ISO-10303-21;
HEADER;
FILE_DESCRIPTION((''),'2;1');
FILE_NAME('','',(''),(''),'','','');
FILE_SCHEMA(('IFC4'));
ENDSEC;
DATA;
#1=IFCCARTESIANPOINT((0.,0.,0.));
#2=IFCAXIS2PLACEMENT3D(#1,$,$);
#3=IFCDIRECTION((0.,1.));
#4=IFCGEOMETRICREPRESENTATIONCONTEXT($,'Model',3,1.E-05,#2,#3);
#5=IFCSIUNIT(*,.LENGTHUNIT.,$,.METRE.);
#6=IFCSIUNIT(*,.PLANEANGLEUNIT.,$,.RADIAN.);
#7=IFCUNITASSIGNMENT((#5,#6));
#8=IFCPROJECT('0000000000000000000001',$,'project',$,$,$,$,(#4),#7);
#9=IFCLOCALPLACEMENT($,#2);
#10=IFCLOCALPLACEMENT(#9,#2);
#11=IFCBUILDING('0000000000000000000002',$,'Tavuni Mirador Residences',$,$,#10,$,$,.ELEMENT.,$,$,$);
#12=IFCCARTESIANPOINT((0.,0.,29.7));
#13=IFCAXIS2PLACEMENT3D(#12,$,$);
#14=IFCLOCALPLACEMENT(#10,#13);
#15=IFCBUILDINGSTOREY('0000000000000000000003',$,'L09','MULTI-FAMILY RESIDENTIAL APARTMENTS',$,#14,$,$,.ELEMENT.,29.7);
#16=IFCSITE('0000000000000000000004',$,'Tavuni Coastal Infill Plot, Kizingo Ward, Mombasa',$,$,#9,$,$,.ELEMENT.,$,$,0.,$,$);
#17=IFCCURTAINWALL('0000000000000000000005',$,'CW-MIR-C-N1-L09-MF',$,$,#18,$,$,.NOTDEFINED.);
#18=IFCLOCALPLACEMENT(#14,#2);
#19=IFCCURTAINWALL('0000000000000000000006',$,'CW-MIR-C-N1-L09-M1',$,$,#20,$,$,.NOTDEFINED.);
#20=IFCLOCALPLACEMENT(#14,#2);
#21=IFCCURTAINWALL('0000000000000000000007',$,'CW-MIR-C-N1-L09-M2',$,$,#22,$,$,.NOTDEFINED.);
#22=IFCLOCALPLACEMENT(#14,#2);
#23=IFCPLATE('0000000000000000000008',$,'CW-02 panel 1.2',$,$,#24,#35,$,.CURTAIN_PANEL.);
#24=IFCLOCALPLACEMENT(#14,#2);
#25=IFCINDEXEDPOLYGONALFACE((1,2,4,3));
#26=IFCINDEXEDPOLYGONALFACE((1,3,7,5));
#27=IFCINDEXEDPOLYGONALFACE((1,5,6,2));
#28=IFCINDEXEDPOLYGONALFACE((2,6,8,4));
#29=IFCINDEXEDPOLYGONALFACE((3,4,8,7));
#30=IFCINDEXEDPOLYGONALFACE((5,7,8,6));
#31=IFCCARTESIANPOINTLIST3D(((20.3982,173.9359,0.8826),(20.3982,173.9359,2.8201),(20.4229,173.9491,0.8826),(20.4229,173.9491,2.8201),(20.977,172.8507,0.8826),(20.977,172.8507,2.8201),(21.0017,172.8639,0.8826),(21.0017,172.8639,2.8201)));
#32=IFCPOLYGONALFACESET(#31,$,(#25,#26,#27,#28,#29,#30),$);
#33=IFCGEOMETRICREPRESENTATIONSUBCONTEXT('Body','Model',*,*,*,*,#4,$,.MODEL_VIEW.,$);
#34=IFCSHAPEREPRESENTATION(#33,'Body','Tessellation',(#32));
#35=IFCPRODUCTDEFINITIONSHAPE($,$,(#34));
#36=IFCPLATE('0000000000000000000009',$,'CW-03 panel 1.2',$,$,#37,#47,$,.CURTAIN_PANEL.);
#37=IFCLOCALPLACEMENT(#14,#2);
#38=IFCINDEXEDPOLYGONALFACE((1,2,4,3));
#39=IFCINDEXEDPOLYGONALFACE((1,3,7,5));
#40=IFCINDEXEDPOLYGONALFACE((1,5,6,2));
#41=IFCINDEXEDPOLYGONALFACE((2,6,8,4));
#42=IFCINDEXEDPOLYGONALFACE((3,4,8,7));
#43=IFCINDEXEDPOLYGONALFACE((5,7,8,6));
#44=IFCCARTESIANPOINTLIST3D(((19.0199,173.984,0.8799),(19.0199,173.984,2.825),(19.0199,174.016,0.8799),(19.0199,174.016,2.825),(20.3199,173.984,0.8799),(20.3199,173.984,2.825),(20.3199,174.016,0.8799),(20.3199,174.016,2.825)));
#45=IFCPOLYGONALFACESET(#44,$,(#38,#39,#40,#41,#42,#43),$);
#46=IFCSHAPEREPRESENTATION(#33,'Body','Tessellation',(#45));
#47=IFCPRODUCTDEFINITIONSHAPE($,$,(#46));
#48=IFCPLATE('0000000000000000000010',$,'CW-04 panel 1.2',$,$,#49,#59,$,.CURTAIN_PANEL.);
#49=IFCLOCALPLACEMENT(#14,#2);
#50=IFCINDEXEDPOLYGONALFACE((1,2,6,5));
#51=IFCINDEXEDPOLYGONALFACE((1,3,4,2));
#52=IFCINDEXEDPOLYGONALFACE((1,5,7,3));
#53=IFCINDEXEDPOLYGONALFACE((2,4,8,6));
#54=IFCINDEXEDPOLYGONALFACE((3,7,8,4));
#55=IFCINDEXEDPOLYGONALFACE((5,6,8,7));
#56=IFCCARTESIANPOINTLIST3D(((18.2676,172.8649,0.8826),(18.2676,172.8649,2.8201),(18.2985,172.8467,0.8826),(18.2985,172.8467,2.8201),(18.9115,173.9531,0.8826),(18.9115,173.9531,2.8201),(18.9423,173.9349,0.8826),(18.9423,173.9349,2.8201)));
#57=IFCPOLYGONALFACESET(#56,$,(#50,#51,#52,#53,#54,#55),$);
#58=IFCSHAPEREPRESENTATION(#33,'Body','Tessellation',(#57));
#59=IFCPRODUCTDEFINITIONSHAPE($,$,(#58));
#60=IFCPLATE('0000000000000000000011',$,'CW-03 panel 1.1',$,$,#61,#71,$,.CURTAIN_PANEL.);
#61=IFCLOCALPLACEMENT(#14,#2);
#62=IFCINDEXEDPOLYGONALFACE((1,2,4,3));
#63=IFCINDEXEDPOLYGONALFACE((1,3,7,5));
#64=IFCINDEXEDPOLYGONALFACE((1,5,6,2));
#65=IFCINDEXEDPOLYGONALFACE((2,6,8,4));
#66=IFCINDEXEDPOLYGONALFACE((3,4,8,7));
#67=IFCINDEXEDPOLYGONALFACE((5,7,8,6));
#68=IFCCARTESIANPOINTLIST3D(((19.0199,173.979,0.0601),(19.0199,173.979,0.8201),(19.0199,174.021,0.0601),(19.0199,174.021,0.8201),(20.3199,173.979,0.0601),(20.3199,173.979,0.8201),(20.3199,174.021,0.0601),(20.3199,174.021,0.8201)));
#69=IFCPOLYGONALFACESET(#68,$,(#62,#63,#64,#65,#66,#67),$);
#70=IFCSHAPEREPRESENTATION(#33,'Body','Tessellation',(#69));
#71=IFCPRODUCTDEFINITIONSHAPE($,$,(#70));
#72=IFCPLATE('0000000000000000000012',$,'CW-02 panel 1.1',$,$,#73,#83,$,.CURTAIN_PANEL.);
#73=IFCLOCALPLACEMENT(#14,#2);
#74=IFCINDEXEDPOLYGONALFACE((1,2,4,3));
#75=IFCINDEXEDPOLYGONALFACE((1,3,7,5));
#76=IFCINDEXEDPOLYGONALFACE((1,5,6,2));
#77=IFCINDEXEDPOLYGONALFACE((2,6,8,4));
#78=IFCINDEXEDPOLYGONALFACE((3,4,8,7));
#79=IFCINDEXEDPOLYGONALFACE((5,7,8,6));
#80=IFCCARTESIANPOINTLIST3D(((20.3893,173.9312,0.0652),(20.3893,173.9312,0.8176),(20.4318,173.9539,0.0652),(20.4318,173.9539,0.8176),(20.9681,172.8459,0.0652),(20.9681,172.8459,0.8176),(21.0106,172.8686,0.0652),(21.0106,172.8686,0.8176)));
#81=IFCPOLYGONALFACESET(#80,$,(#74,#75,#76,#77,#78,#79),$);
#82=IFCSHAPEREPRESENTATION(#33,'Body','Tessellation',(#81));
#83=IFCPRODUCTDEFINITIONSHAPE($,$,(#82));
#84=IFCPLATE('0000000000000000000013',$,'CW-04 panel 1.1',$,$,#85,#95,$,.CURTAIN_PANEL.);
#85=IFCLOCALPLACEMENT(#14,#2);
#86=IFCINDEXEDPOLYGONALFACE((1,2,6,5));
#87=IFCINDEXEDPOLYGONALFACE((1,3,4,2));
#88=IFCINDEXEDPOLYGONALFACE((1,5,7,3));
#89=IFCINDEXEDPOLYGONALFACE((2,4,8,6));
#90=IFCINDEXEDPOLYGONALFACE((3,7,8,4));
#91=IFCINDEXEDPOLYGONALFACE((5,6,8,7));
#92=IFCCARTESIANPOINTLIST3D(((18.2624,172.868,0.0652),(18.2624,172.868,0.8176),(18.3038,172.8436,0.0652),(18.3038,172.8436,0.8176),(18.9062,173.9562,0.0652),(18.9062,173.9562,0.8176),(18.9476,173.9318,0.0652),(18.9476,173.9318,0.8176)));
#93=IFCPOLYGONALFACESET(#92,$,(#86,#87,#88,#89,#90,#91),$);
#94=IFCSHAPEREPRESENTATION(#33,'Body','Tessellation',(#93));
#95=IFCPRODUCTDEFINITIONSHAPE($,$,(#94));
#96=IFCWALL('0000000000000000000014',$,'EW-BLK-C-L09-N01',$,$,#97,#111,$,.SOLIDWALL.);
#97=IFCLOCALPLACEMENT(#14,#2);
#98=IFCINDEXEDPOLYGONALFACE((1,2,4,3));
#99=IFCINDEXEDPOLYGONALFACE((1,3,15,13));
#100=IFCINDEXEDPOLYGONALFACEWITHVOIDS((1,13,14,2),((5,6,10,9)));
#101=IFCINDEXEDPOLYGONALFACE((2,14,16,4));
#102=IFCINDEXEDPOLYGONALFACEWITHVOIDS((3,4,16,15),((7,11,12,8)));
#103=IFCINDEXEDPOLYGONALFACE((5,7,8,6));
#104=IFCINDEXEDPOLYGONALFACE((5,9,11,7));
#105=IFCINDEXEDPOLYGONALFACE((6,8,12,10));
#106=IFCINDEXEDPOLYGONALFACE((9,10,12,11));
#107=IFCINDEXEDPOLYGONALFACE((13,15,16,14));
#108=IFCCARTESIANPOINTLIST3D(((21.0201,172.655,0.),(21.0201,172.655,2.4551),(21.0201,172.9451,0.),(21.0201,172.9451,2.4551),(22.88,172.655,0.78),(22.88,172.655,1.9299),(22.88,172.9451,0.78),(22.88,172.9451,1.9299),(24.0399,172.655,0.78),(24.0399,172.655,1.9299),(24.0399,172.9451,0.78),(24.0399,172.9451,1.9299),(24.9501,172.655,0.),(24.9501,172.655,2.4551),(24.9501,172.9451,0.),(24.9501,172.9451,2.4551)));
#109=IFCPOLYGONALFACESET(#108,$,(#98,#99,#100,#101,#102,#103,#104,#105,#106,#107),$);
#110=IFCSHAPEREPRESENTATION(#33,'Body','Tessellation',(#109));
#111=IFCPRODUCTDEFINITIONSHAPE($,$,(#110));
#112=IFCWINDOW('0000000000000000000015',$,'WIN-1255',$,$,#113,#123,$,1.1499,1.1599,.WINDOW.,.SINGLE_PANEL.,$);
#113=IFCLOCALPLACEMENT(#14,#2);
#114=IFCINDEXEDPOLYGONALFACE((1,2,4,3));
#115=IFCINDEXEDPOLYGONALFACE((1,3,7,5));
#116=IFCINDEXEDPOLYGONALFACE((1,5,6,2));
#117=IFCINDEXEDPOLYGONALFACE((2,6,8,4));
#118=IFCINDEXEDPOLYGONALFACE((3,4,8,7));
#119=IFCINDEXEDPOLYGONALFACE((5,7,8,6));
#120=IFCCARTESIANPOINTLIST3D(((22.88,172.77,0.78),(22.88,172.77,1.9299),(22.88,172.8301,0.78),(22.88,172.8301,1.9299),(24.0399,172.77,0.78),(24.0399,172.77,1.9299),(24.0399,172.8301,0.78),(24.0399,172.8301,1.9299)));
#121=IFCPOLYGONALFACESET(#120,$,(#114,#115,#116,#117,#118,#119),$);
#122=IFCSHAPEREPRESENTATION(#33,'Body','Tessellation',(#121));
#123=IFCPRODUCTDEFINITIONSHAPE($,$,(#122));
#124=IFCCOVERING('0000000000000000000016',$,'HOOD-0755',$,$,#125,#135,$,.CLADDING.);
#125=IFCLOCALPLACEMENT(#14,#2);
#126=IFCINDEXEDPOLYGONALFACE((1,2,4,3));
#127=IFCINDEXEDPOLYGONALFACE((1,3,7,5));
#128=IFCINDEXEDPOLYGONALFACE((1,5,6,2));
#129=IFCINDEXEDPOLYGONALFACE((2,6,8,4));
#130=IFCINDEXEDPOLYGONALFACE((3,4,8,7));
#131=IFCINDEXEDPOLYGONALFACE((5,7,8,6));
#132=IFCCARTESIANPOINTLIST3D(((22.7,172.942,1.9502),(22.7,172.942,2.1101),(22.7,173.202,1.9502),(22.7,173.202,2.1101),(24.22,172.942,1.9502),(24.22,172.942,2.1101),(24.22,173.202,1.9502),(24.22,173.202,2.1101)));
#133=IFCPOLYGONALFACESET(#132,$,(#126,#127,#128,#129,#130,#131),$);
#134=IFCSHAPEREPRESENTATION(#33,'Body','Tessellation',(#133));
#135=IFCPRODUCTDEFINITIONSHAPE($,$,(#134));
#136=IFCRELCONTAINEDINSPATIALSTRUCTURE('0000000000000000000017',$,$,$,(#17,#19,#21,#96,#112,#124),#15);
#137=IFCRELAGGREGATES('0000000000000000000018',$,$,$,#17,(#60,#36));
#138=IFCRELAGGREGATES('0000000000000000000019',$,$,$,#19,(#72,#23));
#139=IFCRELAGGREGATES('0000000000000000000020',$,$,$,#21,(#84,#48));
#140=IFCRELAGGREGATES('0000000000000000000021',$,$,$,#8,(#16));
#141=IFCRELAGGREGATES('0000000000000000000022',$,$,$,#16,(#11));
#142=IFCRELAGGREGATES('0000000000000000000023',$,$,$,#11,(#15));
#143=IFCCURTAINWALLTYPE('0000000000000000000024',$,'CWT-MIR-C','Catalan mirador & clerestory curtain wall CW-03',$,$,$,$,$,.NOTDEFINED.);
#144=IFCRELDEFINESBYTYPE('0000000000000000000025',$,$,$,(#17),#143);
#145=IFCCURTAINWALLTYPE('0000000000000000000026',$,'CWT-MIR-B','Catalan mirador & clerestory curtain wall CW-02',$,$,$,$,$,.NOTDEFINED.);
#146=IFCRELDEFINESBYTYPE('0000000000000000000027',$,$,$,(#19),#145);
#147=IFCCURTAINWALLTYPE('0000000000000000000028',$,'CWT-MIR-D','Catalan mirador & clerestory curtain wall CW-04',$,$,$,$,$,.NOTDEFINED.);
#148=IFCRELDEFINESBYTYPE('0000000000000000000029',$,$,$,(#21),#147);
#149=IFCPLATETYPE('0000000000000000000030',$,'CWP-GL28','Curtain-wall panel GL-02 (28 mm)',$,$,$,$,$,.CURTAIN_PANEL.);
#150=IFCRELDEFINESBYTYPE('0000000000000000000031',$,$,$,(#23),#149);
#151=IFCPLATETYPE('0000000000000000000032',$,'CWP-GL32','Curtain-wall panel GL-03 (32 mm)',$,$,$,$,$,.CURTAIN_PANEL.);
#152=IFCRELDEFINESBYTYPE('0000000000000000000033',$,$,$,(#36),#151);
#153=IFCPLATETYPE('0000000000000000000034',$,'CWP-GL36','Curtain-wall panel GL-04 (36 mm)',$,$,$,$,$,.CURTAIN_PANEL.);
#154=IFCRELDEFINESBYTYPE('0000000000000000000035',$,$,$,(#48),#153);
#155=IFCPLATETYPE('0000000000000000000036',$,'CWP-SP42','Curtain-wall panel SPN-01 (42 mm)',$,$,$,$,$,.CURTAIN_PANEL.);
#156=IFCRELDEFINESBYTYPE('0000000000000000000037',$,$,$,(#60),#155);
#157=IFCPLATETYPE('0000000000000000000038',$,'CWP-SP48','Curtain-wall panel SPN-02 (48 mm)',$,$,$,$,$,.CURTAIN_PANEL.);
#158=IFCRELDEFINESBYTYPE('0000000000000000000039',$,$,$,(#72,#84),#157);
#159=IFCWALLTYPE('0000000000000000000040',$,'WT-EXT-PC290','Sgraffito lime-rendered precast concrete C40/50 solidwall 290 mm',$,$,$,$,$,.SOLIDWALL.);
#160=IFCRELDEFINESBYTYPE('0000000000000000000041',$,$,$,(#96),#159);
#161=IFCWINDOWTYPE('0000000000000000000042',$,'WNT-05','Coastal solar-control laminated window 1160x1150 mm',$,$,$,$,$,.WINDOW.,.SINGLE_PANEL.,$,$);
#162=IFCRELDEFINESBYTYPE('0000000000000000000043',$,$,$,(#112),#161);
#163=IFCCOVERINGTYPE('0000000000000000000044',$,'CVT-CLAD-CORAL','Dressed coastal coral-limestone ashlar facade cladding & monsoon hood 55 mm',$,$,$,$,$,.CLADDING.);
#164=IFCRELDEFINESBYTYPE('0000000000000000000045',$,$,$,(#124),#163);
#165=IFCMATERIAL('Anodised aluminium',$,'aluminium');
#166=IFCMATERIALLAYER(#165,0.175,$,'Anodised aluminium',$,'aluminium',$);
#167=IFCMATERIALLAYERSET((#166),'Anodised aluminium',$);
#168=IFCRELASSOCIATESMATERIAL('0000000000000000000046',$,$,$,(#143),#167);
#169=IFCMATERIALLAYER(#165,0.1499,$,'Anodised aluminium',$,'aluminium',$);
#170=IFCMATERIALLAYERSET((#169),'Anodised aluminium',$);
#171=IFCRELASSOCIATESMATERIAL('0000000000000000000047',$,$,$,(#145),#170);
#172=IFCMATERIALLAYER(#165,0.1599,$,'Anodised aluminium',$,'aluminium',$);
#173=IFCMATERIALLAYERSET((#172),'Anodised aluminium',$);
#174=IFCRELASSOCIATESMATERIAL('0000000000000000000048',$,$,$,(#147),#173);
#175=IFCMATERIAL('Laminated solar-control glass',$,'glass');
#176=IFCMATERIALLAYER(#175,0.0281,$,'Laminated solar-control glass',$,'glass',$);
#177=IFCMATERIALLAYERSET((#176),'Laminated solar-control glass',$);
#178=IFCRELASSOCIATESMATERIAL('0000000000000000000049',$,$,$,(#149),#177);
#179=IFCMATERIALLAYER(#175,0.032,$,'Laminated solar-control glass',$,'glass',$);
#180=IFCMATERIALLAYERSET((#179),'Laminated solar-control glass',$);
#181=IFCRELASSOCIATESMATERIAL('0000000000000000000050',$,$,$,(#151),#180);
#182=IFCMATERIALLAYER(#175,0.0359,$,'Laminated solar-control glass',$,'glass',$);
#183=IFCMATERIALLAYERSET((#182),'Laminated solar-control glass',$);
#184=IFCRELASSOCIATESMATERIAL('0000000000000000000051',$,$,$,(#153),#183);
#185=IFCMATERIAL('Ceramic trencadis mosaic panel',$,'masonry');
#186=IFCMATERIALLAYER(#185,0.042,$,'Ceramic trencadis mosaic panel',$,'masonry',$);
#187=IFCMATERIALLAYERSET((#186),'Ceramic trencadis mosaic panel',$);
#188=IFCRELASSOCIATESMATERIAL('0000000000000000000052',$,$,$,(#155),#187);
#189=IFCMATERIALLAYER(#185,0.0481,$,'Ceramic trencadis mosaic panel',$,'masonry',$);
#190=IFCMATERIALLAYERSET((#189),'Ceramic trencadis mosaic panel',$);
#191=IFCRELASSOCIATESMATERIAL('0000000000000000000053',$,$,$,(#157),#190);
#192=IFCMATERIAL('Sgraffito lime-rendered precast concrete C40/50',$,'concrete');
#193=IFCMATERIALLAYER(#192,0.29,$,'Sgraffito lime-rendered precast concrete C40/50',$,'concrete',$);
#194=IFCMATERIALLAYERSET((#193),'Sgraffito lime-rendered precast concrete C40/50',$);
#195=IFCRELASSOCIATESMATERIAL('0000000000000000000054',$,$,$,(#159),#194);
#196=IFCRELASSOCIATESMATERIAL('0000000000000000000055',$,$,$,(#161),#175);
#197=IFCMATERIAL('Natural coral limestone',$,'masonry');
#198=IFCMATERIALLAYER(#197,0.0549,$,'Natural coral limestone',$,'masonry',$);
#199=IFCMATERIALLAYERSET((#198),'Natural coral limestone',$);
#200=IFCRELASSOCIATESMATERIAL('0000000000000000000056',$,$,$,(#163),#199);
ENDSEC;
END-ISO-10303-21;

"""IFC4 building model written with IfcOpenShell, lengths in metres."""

from ifc_helpers import new_model, si_unit, direction, frame, frame_2d, origin, origin_2d, place, context, subcontext, project, spatial, rectangle, extrude, material, layer, layer_set, type_object, element, fill, aggregate, save


model = new_model("IFC4")

# Units and contexts
model_context = context("Model", 3, precision=1e-05, world=origin(), true_north=direction((0.0, 1.0)))
body_context = subcontext(model_context, "Body", "Model", "MODEL_VIEW")
ifc_project = project(units=[si_unit("LENGTHUNIT", "METRE"), si_unit("PLANEANGLEUNIT", "RADIAN")], contexts=[model_context])

# Site, building, storey
site_placement = place(None, origin())
site = spatial("IfcSite", under=ifc_project, at=site_placement, Name="Tavuni Coastal Infill Plot, Kizingo Ward, Mombasa", CompositionType="ELEMENT", RefElevation=0.0)
building_placement = place(site_placement, origin())
building = spatial("IfcBuilding", under=site, at=building_placement, Name="Tavuni Mirador Residences", CompositionType="ELEMENT")
storey_placement = place(building_placement, frame((0.0, 0.0, 29.7)))
storey = spatial("IfcBuildingStorey", under=building, at=storey_placement, Name="L09", Description="MULTI-FAMILY RESIDENTIAL APARTMENTS", CompositionType="ELEMENT", Elevation=29.7)

# Curtain walls
ifc_material_1 = material(Name="Anodised aluminium", Category="aluminium")
ifc_layer_1 = layer(ifc_material_1, 0.175, Name="Anodised aluminium", Category="aluminium")
ifc_layer_set_1 = layer_set([ifc_layer_1], Name="Anodised aluminium")
curtain_wall_type_1 = type_object("IfcCurtainWallType", Name="CWT-MIR-C", Description="Catalan mirador & clerestory curtain wall CW-03", PredefinedType="NOTDEFINED", material=ifc_layer_set_1)
curtain_wall_1_placement = place(storey_placement, origin())
curtain_wall_1 = element("IfcCurtainWall", 1, at=curtain_wall_1_placement, inside=storey, type_object=curtain_wall_type_1, Name="CW-MIR-C-N1-L09-MF", PredefinedType="NOTDEFINED")
ifc_layer_2 = layer(ifc_material_1, 0.1499, Name="Anodised aluminium", Category="aluminium")
ifc_layer_set_2 = layer_set([ifc_layer_2], Name="Anodised aluminium")
curtain_wall_type_2 = type_object("IfcCurtainWallType", Name="CWT-MIR-B", Description="Catalan mirador & clerestory curtain wall CW-02", PredefinedType="NOTDEFINED", material=ifc_layer_set_2)
curtain_wall_2_placement = place(storey_placement, origin())
curtain_wall_2 = element("IfcCurtainWall", 2, at=curtain_wall_2_placement, inside=storey, type_object=curtain_wall_type_2, Name="CW-MIR-C-N1-L09-M1", PredefinedType="NOTDEFINED")
ifc_layer_3 = layer(ifc_material_1, 0.1599, Name="Anodised aluminium", Category="aluminium")
ifc_layer_set_3 = layer_set([ifc_layer_3], Name="Anodised aluminium")
curtain_wall_type_3 = type_object("IfcCurtainWallType", Name="CWT-MIR-D", Description="Catalan mirador & clerestory curtain wall CW-04", PredefinedType="NOTDEFINED", material=ifc_layer_set_3)
curtain_wall_3_placement = place(storey_placement, origin())
curtain_wall_3 = element("IfcCurtainWall", 3, at=curtain_wall_3_placement, inside=storey, type_object=curtain_wall_type_3, Name="CW-MIR-C-N1-L09-M2", PredefinedType="NOTDEFINED")

# Plates
ifc_material_2 = material(Name="Laminated solar-control glass", Category="glass")
ifc_layer_4 = layer(ifc_material_2, 0.0281, Name="Laminated solar-control glass", Category="glass")
ifc_layer_set_4 = layer_set([ifc_layer_4], Name="Laminated solar-control glass")
plate_type_1 = type_object("IfcPlateType", Name="CWP-GL28", Description="Curtain-wall panel GL-02 (28 mm)", PredefinedType="CURTAIN_PANEL", material=ifc_layer_set_4)
plate_1_placement = place(storey_placement, frame((20.7, 173.3999, 0.8826), z_axis=(0.0, 0.0, 1.0), x_axis=(-0.470588, 0.882353, 0.0)))
plate_1 = element("IfcPlate", 4, at=plate_1_placement, type_object=plate_type_1, Name="CW-02 panel 1.2", PredefinedType="CURTAIN_PANEL", context=body_context, shape_type="SweptSolid", body=[
    extrude(rectangle(XDim=1.23, YDim=0.0281, at=origin_2d()), origin(), (0.0, 0.0, 1.0), 1.9375),
])
ifc_layer_5 = layer(ifc_material_2, 0.032, Name="Laminated solar-control glass", Category="glass")
ifc_layer_set_5 = layer_set([ifc_layer_5], Name="Laminated solar-control glass")
plate_type_2 = type_object("IfcPlateType", Name="CWP-GL32", Description="Curtain-wall panel GL-03 (32 mm)", PredefinedType="CURTAIN_PANEL", material=ifc_layer_set_5)
plate_2_placement = place(storey_placement, frame((19.6699, 174.0, 0.8799), z_axis=(0.0, 0.0, 1.0), x_axis=(-1.0, 0.0, 0.0)))
plate_2 = element("IfcPlate", 5, at=plate_2_placement, type_object=plate_type_2, Name="CW-03 panel 1.2", PredefinedType="CURTAIN_PANEL", context=body_context, shape_type="SweptSolid", body=[
    extrude(rectangle(XDim=1.3, YDim=0.032, at=origin_2d()), origin(), (0.0, 0.0, 1.0), 1.9451),
])
ifc_layer_6 = layer(ifc_material_2, 0.0359, Name="Laminated solar-control glass", Category="glass")
ifc_layer_set_6 = layer_set([ifc_layer_6], Name="Laminated solar-control glass")
plate_type_3 = type_object("IfcPlateType", Name="CWP-GL36", Description="Curtain-wall panel GL-04 (36 mm)", PredefinedType="CURTAIN_PANEL", material=ifc_layer_set_6)
plate_3_placement = place(storey_placement, frame((18.605, 173.3999, 0.8826), z_axis=(0.0, 0.0, 1.0), x_axis=(-0.509212, -0.860641, 0.0)))
plate_3 = element("IfcPlate", 6, at=plate_3_placement, type_object=plate_type_3, Name="CW-04 panel 1.2", PredefinedType="CURTAIN_PANEL", context=body_context, shape_type="SweptSolid", body=[
    extrude(rectangle(XDim=1.2644, YDim=0.0359, at=origin_2d()), origin(), (0.0, 0.0, 1.0), 1.9375),
])
ifc_material_3 = material(Name="Ceramic trencadis mosaic panel", Category="masonry")
ifc_layer_7 = layer(ifc_material_3, 0.042, Name="Ceramic trencadis mosaic panel", Category="masonry")
ifc_layer_set_7 = layer_set([ifc_layer_7], Name="Ceramic trencadis mosaic panel")
plate_type_4 = type_object("IfcPlateType", Name="CWP-SP42", Description="Curtain-wall panel SPN-01 (42 mm)", PredefinedType="CURTAIN_PANEL", material=ifc_layer_set_7)
plate_4_placement = place(storey_placement, frame((19.6699, 174.0, 0.0601), z_axis=(0.0, 0.0, 1.0), x_axis=(-1.0, 0.0, 0.0)))
plate_4 = element("IfcPlate", 7, at=plate_4_placement, type_object=plate_type_4, Name="CW-03 panel 1.1", PredefinedType="CURTAIN_PANEL", context=body_context, shape_type="SweptSolid", body=[
    extrude(rectangle(XDim=1.3, YDim=0.042, at=origin_2d()), origin(), (0.0, 0.0, 1.0), 0.76),
])
aggregate(curtain_wall_1, [plate_4, plate_2])
ifc_layer_8 = layer(ifc_material_3, 0.0481, Name="Ceramic trencadis mosaic panel", Category="masonry")
ifc_layer_set_8 = layer_set([ifc_layer_8], Name="Ceramic trencadis mosaic panel")
plate_type_5 = type_object("IfcPlateType", Name="CWP-SP48", Description="Curtain-wall panel SPN-02 (48 mm)", PredefinedType="CURTAIN_PANEL", material=ifc_layer_set_8)
plate_5_placement = place(storey_placement, frame((20.7, 173.3999, 0.0652), z_axis=(0.0, 0.0, 1.0), x_axis=(-0.470588, 0.882353, 0.0)))
plate_5 = element("IfcPlate", 8, at=plate_5_placement, type_object=plate_type_5, Name="CW-02 panel 1.1", PredefinedType="CURTAIN_PANEL", context=body_context, shape_type="SweptSolid", body=[
    extrude(rectangle(XDim=1.23, YDim=0.0481, at=origin_2d()), origin(), (0.0, 0.0, 1.0), 0.7524),
])
aggregate(curtain_wall_2, [plate_5, plate_1])
plate_6_placement = place(storey_placement, frame((18.605, 173.3999, 0.0652), z_axis=(0.0, 0.0, 1.0), x_axis=(-0.509212, -0.860641, 0.0)))
plate_6 = element("IfcPlate", 9, at=plate_6_placement, type_object=plate_type_5, Name="CW-04 panel 1.1", PredefinedType="CURTAIN_PANEL", context=body_context, shape_type="SweptSolid", body=[
    extrude(rectangle(XDim=1.2644, YDim=0.0481, at=origin_2d()), origin(), (0.0, 0.0, 1.0), 0.7524),
])
aggregate(curtain_wall_3, [plate_6, plate_3])

# Wall, opening, window
ifc_material_4 = material(Name="Sgraffito lime-rendered precast concrete C40/50", Category="concrete")
ifc_layer_9 = layer(ifc_material_4, 0.29, Name="Sgraffito lime-rendered precast concrete C40/50", Category="concrete")
ifc_layer_set_9 = layer_set([ifc_layer_9], Name="Sgraffito lime-rendered precast concrete C40/50")
wall_type = type_object("IfcWallType", Name="WT-EXT-PC290", Description="Sgraffito lime-rendered precast concrete C40/50 solidwall 290 mm", PredefinedType="SOLIDWALL", material=ifc_layer_set_9)
wall_placement = place(storey_placement, frame((24.95, 172.8, 0.0), z_axis=(0.0, 0.0, 1.0), x_axis=(-1.0, 0.0, 0.0)))
wall = element("IfcWall", 10, at=wall_placement, inside=storey, type_object=wall_type, Name="EW-BLK-C-L09-N01", PredefinedType="SOLIDWALL", context=body_context, shape_type="SweptSolid", body=[
    extrude(rectangle(XDim=3.9299, YDim=0.29, at=frame_2d((1.9648, 0.0))), origin(), (0.0, 0.0, 1.0), 2.4551),
])
opening_placement = place(wall_placement, frame((0.9099, 0.0, 0.78)))
opening = element("IfcOpeningElement", 11, at=opening_placement, cuts=wall, PredefinedType="OPENING", context=body_context, shape_type="SweptSolid", body=[
    extrude(rectangle(XDim=1.1599, YDim=1.1499, at=frame_2d((0.5801, 0.575))), frame((0.0, 0.155, 0.0), z_axis=(0.0, -1.0, 0.0), x_axis=(1.0, 0.0, 0.0)), (0.0, 0.0, 1.0), 0.3101),
])
window_type = type_object("IfcWindowType", Name="WNT-05", Description="Coastal solar-control laminated window 1160x1150 mm", PartitioningType="SINGLE_PANEL", PredefinedType="WINDOW", material=ifc_material_2)
window_placement = place(opening_placement, origin())
window = element("IfcWindow", 12, at=window_placement, inside=storey, type_object=window_type, Name="WIN-1255", OverallHeight=1.1499, OverallWidth=1.1599, PartitioningType="SINGLE_PANEL", PredefinedType="WINDOW", context=body_context, shape_type="SweptSolid", body=[
    extrude(rectangle(XDim=1.1599, YDim=1.1499, at=frame_2d((0.5801, 0.575))), frame((0.0, 0.03, 0.0), z_axis=(0.0, -1.0, 0.0), x_axis=(1.0, 0.0, 0.0)), (0.0, 0.0, 1.0), 0.0601),
])
fill(opening, window)

# Covering
ifc_material_5 = material(Name="Natural coral limestone", Category="masonry")
ifc_layer_10 = layer(ifc_material_5, 0.0549, Name="Natural coral limestone", Category="masonry")
ifc_layer_set_10 = layer_set([ifc_layer_10], Name="Natural coral limestone")
covering_type = type_object("IfcCoveringType", Name="CVT-CLAD-CORAL", Description="Dressed coastal coral-limestone ashlar facade cladding & monsoon hood 55 mm", PredefinedType="CLADDING", material=ifc_layer_set_10)
covering_placement = place(storey_placement, frame((23.46, 173.072, 1.9502), z_axis=(0.0, 0.0, 1.0), x_axis=(-1.0, 0.0, 0.0)))
element("IfcCovering", 13, at=covering_placement, inside=storey, type_object=covering_type, Name="HOOD-0755", PredefinedType="CLADDING", context=body_context, shape_type="SweptSolid", body=[
    extrude(rectangle(XDim=1.52, YDim=0.26, at=origin_2d()), origin(), (0.0, 0.0, 1.0), 0.1599),
])

save(model, "model.ifc")
